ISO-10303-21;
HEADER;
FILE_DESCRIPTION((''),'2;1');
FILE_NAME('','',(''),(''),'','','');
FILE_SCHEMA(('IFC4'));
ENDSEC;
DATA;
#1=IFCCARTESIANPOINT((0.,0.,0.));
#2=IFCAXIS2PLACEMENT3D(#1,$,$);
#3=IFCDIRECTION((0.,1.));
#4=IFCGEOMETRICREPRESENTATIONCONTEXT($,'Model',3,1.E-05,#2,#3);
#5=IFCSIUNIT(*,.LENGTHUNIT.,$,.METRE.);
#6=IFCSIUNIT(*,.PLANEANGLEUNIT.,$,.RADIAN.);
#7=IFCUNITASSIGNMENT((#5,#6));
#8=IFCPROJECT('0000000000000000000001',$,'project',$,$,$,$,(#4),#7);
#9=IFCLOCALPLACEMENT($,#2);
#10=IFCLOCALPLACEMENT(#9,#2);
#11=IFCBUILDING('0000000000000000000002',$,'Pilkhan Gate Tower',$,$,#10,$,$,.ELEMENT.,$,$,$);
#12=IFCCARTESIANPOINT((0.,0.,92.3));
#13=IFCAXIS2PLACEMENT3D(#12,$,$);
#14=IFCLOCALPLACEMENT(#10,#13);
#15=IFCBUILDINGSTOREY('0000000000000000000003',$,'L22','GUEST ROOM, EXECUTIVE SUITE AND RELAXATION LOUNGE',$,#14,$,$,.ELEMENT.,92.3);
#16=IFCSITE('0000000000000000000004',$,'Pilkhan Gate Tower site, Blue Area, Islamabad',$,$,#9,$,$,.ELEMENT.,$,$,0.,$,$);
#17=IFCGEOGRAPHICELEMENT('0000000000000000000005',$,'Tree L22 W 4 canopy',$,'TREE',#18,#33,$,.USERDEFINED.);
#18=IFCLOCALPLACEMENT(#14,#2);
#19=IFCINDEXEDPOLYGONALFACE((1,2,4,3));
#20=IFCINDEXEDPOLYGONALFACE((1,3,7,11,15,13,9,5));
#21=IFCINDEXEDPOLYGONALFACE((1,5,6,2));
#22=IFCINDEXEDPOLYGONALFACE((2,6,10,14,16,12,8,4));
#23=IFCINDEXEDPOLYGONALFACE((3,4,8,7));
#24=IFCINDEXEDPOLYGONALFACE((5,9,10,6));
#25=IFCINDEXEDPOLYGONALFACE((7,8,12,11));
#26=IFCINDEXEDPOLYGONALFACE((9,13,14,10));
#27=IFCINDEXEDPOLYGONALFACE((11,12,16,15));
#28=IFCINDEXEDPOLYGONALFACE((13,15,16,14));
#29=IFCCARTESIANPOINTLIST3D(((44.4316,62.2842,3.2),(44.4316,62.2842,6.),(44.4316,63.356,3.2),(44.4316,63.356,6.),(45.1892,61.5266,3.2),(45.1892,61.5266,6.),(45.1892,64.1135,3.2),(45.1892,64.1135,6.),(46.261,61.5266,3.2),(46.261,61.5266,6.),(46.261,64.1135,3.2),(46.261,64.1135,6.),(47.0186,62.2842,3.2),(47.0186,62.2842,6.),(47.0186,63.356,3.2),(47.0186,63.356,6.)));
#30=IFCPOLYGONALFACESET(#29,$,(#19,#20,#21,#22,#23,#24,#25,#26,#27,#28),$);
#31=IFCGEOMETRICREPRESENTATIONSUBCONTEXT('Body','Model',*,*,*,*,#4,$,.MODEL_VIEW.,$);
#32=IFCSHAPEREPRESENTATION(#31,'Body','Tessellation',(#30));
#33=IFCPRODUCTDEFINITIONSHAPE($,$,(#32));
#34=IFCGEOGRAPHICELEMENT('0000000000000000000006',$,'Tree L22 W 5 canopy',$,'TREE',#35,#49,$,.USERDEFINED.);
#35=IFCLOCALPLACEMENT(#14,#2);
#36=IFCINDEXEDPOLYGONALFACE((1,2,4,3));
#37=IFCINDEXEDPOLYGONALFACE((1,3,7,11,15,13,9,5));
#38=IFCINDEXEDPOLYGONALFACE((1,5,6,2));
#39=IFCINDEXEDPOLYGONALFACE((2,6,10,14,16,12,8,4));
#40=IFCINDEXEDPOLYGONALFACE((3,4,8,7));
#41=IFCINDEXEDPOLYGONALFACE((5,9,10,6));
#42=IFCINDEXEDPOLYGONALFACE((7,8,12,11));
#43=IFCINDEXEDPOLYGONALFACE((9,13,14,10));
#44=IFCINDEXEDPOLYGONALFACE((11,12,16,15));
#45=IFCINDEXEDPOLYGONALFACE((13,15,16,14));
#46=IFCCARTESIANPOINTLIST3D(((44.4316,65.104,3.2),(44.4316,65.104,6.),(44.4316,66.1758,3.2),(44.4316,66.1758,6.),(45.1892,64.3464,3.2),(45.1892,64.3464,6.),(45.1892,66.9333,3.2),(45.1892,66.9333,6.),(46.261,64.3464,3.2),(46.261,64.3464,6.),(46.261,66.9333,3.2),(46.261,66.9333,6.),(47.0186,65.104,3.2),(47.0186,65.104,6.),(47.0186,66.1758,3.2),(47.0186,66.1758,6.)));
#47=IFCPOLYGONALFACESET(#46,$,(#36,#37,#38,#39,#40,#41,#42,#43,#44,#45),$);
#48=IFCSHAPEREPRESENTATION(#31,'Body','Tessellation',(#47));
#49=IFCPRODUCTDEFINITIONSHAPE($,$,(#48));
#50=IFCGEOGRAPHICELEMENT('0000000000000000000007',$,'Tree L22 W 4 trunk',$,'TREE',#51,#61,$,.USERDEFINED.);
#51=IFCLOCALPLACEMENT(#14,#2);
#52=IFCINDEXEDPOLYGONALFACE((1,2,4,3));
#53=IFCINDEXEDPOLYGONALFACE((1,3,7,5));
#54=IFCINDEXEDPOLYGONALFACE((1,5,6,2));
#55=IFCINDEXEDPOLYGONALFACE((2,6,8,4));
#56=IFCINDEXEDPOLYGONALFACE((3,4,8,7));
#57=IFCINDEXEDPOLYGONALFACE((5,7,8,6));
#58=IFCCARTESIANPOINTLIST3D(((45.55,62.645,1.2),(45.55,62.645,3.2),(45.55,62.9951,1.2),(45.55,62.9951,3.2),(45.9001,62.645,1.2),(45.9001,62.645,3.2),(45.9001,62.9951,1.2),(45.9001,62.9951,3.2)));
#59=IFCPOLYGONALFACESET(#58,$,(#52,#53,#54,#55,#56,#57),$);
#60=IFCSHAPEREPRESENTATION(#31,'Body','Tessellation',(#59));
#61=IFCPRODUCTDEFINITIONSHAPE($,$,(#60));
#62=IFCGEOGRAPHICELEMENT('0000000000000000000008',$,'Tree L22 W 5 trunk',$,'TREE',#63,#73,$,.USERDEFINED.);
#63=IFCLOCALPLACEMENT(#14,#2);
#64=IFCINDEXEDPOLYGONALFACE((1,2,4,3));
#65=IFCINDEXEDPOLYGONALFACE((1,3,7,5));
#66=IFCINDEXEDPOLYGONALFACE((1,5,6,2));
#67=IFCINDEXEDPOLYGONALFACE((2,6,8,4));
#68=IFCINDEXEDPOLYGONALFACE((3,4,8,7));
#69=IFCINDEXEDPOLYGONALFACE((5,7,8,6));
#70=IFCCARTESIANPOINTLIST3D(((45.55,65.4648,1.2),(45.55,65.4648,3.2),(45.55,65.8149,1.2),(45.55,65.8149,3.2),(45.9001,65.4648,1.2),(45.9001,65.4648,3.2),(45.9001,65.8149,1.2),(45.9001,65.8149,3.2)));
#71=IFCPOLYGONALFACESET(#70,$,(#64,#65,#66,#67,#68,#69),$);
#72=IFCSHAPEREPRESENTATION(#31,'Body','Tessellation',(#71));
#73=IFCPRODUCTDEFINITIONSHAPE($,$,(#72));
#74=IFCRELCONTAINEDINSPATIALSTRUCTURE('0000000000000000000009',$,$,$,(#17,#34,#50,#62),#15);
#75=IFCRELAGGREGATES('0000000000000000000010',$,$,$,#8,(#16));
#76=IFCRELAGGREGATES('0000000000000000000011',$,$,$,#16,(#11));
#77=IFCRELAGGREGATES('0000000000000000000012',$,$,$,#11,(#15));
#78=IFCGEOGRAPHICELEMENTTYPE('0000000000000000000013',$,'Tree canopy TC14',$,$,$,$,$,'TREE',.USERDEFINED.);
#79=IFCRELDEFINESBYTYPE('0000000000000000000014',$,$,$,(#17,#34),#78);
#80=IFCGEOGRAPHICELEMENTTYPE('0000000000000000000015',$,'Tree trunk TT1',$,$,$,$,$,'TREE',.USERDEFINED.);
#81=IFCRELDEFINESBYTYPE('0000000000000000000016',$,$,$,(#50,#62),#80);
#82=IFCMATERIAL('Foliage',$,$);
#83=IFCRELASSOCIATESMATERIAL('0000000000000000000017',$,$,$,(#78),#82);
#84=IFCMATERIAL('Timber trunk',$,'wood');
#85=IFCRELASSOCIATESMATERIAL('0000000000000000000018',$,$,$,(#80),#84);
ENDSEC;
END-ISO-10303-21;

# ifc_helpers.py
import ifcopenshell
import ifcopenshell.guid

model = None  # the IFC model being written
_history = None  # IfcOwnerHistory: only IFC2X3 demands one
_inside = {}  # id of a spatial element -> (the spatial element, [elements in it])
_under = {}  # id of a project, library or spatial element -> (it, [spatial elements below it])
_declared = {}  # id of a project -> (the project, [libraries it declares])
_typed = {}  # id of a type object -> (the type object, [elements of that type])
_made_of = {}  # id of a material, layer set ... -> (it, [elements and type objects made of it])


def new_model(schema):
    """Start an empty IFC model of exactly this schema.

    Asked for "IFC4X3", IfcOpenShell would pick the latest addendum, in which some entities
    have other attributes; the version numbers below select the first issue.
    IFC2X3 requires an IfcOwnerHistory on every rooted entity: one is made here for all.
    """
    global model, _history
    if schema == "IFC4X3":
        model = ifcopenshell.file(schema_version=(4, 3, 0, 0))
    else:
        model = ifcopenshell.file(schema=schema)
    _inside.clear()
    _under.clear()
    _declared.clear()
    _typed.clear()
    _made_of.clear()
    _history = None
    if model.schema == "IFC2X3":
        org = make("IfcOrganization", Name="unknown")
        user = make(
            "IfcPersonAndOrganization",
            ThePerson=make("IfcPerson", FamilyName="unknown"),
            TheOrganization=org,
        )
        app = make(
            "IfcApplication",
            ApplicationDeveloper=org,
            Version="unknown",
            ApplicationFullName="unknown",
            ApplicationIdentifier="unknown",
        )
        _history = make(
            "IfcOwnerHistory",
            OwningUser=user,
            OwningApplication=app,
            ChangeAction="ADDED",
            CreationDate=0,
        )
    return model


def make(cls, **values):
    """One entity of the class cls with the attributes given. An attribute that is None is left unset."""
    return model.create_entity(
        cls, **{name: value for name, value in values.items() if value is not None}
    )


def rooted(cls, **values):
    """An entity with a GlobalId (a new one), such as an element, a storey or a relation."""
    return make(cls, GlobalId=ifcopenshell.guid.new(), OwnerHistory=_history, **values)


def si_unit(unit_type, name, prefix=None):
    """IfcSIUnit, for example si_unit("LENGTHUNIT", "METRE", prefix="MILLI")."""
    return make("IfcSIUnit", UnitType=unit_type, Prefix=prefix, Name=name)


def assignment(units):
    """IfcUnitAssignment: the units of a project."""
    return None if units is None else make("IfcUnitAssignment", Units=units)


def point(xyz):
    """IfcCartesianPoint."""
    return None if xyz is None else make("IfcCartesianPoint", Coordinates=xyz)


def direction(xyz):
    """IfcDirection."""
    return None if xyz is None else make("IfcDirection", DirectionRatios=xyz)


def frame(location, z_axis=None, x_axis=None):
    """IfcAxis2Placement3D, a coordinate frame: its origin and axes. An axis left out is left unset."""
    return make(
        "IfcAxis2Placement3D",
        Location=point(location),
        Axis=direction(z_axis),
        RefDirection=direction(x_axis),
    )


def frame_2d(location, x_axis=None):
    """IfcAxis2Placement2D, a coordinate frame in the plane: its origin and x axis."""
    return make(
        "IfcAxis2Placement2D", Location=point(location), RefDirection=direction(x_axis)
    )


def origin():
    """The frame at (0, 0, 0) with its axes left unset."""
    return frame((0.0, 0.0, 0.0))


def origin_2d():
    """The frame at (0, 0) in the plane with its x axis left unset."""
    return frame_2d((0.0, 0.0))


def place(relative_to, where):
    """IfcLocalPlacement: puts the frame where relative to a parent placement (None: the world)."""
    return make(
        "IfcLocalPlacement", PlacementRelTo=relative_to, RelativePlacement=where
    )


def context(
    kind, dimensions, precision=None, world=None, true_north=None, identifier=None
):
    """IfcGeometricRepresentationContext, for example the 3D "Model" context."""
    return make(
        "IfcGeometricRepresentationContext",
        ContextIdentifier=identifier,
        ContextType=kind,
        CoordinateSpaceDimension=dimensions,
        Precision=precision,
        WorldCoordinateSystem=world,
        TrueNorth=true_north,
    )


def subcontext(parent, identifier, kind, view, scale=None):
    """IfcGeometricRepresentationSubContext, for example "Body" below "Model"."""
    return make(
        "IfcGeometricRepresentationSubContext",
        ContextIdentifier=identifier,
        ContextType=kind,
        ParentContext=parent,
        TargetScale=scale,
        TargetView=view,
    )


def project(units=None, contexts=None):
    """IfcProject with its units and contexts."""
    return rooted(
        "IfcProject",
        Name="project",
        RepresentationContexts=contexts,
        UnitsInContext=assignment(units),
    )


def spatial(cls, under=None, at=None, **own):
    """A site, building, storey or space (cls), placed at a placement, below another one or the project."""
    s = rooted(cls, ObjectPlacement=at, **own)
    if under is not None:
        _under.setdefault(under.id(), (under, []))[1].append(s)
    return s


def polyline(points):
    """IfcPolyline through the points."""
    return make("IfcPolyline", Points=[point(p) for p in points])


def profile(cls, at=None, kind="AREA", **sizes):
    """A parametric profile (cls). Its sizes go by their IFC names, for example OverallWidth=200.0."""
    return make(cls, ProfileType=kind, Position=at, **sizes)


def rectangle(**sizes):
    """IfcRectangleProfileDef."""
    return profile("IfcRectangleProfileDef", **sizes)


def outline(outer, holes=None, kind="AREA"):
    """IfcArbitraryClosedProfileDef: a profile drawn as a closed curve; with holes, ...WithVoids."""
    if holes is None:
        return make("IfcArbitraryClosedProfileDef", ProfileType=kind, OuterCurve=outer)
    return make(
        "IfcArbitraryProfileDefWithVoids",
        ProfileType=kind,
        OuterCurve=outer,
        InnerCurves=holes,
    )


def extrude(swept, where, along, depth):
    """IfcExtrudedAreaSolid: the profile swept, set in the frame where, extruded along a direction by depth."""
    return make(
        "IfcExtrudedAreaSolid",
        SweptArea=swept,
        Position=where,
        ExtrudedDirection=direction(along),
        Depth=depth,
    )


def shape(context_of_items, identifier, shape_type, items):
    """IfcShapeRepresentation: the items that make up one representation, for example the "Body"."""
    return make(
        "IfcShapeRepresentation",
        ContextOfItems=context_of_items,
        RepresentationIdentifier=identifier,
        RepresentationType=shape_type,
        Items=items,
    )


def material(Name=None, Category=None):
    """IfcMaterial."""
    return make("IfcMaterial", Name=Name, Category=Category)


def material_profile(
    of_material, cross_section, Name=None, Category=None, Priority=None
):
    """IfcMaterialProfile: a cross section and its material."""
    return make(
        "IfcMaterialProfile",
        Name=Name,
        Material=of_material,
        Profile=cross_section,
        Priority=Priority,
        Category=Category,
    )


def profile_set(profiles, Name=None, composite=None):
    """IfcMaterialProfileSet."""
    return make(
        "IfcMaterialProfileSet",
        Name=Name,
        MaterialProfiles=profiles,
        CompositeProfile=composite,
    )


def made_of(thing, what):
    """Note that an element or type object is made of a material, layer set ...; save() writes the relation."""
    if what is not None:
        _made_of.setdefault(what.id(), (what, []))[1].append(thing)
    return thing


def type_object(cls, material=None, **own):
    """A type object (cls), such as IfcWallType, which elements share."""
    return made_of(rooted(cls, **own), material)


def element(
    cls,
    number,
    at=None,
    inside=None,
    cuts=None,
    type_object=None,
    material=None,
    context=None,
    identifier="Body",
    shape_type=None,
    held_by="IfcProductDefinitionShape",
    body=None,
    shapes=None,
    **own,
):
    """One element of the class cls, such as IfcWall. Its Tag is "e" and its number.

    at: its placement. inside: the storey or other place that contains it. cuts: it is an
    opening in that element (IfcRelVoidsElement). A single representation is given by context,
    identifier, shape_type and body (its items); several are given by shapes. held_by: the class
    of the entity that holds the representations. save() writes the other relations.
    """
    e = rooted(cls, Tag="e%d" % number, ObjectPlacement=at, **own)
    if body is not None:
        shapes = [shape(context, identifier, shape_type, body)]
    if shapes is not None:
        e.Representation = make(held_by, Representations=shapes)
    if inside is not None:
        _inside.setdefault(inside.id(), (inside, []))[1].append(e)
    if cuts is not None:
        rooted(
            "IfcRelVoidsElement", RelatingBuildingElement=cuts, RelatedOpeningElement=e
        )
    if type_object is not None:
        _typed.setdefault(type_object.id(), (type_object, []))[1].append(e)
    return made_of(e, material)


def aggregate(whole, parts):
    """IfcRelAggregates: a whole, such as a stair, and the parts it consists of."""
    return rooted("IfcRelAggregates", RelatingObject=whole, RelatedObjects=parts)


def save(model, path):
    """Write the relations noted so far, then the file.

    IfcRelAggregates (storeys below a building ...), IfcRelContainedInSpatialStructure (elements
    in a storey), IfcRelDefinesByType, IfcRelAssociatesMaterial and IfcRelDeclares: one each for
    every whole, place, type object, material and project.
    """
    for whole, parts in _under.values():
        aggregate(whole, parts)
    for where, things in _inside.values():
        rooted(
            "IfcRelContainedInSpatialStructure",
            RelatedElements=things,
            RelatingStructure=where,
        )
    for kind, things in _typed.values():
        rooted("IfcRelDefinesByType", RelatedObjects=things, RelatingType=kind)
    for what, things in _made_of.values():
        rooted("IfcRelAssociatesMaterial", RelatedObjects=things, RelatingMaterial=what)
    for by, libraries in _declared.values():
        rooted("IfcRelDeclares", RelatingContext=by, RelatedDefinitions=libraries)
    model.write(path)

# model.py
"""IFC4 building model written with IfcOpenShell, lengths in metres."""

from ifc_helpers import new_model, si_unit, direction, frame, origin, origin_2d, place, context, subcontext, project, spatial, polyline, rectangle, outline, extrude, material, material_profile, profile_set, type_object, element, save


model = new_model("IFC4")

# Units and contexts
model_context = context("Model", 3, precision=1e-05, world=origin(), true_north=direction((0.0, 1.0)))
body_context = subcontext(model_context, "Body", "Model", "MODEL_VIEW")
ifc_project = project(units=[si_unit("LENGTHUNIT", "METRE"), si_unit("PLANEANGLEUNIT", "RADIAN")], contexts=[model_context])

# Site, building, storey
site_placement = place(None, origin())
site = spatial("IfcSite", under=ifc_project, at=site_placement, Name="Pilkhan Gate Tower site, Blue Area, Islamabad", CompositionType="ELEMENT", RefElevation=0.0)
building_placement = place(site_placement, origin())
building = spatial("IfcBuilding", under=site, at=building_placement, Name="Pilkhan Gate Tower", CompositionType="ELEMENT")
storey_placement = place(building_placement, frame((0.0, 0.0, 92.3)))
storey = spatial("IfcBuildingStorey", under=building, at=storey_placement, Name="L22", Description="GUEST ROOM, EXECUTIVE SUITE AND RELAXATION LOUNGE", CompositionType="ELEMENT", Elevation=92.3)

# Geographic elements
ifc_material_1 = material(Name="Foliage")
ifc_material_profile_1 = material_profile(ifc_material_1, outline(polyline([(1.2935, 0.5359), (0.5359, 1.2935), (-0.5359, 1.2935), (-1.2935, 0.5359), (-1.2935, -0.5359), (-0.5359, -1.2935), (0.5359, -1.2935), (1.2935, -0.5359), (1.2935, 0.5359)])), Name="Canopy D2.8")
ifc_profile_set_1 = profile_set([ifc_material_profile_1], Name="Foliage")
geographic_element_type_1 = type_object("IfcGeographicElementType", Name="Tree canopy TC14", ElementType="TREE", PredefinedType="USERDEFINED", material=ifc_profile_set_1)
for number, where, z_axis, x_axis, name in (
    (1, (45.7251, 62.8201, 3.2), (0.0, 0.0, 1.0), (1.0, 0.0, 0.0), "Tree L22 W 4 canopy"),
    (2, (45.7251, 65.6399, 3.2), (0.0, 0.0, 1.0), (1.0, 0.0, 0.0), "Tree L22 W 5 canopy"),
):
    element("IfcGeographicElement", number, at=place(storey_placement, frame(where, z_axis=z_axis, x_axis=x_axis)), inside=storey, type_object=geographic_element_type_1, Name=name, ObjectType="TREE", PredefinedType="USERDEFINED", context=body_context, shape_type="SweptSolid", body=[
        extrude(outline(polyline([(1.2935, 0.5359), (0.5359, 1.2935), (-0.5359, 1.2935), (-1.2935, 0.5359), (-1.2935, -0.5359), (-0.5359, -1.2935), (0.5359, -1.2935), (1.2935, -0.5359), (1.2935, 0.5359)])), origin(), (0.0, 0.0, 1.0), 2.8),
    ])
ifc_material_2 = material(Name="Timber trunk", Category="wood")
geographic_element_type_2 = type_object("IfcGeographicElementType", Name="Tree trunk TT1", ElementType="TREE", PredefinedType="USERDEFINED", material=ifc_material_2)
for number, where, z_axis, x_axis, name in (
    (3, (45.7251, 62.8201, 1.2), (0.0, 0.0, 1.0), (1.0, 0.0, 0.0), "Tree L22 W 4 trunk"),
    (4, (45.7251, 65.6399, 1.2), (0.0, 0.0, 1.0), (1.0, 0.0, 0.0), "Tree L22 W 5 trunk"),
):
    element("IfcGeographicElement", number, at=place(storey_placement, frame(where, z_axis=z_axis, x_axis=x_axis)), inside=storey, type_object=geographic_element_type_2, Name=name, ObjectType="TREE", PredefinedType="USERDEFINED", context=body_context, shape_type="SweptSolid", body=[
        extrude(rectangle(XDim=0.3501, YDim=0.3501, at=origin_2d()), origin(), (0.0, 0.0, 1.0), 2.0),
    ])

save(model, "model.ifc")
